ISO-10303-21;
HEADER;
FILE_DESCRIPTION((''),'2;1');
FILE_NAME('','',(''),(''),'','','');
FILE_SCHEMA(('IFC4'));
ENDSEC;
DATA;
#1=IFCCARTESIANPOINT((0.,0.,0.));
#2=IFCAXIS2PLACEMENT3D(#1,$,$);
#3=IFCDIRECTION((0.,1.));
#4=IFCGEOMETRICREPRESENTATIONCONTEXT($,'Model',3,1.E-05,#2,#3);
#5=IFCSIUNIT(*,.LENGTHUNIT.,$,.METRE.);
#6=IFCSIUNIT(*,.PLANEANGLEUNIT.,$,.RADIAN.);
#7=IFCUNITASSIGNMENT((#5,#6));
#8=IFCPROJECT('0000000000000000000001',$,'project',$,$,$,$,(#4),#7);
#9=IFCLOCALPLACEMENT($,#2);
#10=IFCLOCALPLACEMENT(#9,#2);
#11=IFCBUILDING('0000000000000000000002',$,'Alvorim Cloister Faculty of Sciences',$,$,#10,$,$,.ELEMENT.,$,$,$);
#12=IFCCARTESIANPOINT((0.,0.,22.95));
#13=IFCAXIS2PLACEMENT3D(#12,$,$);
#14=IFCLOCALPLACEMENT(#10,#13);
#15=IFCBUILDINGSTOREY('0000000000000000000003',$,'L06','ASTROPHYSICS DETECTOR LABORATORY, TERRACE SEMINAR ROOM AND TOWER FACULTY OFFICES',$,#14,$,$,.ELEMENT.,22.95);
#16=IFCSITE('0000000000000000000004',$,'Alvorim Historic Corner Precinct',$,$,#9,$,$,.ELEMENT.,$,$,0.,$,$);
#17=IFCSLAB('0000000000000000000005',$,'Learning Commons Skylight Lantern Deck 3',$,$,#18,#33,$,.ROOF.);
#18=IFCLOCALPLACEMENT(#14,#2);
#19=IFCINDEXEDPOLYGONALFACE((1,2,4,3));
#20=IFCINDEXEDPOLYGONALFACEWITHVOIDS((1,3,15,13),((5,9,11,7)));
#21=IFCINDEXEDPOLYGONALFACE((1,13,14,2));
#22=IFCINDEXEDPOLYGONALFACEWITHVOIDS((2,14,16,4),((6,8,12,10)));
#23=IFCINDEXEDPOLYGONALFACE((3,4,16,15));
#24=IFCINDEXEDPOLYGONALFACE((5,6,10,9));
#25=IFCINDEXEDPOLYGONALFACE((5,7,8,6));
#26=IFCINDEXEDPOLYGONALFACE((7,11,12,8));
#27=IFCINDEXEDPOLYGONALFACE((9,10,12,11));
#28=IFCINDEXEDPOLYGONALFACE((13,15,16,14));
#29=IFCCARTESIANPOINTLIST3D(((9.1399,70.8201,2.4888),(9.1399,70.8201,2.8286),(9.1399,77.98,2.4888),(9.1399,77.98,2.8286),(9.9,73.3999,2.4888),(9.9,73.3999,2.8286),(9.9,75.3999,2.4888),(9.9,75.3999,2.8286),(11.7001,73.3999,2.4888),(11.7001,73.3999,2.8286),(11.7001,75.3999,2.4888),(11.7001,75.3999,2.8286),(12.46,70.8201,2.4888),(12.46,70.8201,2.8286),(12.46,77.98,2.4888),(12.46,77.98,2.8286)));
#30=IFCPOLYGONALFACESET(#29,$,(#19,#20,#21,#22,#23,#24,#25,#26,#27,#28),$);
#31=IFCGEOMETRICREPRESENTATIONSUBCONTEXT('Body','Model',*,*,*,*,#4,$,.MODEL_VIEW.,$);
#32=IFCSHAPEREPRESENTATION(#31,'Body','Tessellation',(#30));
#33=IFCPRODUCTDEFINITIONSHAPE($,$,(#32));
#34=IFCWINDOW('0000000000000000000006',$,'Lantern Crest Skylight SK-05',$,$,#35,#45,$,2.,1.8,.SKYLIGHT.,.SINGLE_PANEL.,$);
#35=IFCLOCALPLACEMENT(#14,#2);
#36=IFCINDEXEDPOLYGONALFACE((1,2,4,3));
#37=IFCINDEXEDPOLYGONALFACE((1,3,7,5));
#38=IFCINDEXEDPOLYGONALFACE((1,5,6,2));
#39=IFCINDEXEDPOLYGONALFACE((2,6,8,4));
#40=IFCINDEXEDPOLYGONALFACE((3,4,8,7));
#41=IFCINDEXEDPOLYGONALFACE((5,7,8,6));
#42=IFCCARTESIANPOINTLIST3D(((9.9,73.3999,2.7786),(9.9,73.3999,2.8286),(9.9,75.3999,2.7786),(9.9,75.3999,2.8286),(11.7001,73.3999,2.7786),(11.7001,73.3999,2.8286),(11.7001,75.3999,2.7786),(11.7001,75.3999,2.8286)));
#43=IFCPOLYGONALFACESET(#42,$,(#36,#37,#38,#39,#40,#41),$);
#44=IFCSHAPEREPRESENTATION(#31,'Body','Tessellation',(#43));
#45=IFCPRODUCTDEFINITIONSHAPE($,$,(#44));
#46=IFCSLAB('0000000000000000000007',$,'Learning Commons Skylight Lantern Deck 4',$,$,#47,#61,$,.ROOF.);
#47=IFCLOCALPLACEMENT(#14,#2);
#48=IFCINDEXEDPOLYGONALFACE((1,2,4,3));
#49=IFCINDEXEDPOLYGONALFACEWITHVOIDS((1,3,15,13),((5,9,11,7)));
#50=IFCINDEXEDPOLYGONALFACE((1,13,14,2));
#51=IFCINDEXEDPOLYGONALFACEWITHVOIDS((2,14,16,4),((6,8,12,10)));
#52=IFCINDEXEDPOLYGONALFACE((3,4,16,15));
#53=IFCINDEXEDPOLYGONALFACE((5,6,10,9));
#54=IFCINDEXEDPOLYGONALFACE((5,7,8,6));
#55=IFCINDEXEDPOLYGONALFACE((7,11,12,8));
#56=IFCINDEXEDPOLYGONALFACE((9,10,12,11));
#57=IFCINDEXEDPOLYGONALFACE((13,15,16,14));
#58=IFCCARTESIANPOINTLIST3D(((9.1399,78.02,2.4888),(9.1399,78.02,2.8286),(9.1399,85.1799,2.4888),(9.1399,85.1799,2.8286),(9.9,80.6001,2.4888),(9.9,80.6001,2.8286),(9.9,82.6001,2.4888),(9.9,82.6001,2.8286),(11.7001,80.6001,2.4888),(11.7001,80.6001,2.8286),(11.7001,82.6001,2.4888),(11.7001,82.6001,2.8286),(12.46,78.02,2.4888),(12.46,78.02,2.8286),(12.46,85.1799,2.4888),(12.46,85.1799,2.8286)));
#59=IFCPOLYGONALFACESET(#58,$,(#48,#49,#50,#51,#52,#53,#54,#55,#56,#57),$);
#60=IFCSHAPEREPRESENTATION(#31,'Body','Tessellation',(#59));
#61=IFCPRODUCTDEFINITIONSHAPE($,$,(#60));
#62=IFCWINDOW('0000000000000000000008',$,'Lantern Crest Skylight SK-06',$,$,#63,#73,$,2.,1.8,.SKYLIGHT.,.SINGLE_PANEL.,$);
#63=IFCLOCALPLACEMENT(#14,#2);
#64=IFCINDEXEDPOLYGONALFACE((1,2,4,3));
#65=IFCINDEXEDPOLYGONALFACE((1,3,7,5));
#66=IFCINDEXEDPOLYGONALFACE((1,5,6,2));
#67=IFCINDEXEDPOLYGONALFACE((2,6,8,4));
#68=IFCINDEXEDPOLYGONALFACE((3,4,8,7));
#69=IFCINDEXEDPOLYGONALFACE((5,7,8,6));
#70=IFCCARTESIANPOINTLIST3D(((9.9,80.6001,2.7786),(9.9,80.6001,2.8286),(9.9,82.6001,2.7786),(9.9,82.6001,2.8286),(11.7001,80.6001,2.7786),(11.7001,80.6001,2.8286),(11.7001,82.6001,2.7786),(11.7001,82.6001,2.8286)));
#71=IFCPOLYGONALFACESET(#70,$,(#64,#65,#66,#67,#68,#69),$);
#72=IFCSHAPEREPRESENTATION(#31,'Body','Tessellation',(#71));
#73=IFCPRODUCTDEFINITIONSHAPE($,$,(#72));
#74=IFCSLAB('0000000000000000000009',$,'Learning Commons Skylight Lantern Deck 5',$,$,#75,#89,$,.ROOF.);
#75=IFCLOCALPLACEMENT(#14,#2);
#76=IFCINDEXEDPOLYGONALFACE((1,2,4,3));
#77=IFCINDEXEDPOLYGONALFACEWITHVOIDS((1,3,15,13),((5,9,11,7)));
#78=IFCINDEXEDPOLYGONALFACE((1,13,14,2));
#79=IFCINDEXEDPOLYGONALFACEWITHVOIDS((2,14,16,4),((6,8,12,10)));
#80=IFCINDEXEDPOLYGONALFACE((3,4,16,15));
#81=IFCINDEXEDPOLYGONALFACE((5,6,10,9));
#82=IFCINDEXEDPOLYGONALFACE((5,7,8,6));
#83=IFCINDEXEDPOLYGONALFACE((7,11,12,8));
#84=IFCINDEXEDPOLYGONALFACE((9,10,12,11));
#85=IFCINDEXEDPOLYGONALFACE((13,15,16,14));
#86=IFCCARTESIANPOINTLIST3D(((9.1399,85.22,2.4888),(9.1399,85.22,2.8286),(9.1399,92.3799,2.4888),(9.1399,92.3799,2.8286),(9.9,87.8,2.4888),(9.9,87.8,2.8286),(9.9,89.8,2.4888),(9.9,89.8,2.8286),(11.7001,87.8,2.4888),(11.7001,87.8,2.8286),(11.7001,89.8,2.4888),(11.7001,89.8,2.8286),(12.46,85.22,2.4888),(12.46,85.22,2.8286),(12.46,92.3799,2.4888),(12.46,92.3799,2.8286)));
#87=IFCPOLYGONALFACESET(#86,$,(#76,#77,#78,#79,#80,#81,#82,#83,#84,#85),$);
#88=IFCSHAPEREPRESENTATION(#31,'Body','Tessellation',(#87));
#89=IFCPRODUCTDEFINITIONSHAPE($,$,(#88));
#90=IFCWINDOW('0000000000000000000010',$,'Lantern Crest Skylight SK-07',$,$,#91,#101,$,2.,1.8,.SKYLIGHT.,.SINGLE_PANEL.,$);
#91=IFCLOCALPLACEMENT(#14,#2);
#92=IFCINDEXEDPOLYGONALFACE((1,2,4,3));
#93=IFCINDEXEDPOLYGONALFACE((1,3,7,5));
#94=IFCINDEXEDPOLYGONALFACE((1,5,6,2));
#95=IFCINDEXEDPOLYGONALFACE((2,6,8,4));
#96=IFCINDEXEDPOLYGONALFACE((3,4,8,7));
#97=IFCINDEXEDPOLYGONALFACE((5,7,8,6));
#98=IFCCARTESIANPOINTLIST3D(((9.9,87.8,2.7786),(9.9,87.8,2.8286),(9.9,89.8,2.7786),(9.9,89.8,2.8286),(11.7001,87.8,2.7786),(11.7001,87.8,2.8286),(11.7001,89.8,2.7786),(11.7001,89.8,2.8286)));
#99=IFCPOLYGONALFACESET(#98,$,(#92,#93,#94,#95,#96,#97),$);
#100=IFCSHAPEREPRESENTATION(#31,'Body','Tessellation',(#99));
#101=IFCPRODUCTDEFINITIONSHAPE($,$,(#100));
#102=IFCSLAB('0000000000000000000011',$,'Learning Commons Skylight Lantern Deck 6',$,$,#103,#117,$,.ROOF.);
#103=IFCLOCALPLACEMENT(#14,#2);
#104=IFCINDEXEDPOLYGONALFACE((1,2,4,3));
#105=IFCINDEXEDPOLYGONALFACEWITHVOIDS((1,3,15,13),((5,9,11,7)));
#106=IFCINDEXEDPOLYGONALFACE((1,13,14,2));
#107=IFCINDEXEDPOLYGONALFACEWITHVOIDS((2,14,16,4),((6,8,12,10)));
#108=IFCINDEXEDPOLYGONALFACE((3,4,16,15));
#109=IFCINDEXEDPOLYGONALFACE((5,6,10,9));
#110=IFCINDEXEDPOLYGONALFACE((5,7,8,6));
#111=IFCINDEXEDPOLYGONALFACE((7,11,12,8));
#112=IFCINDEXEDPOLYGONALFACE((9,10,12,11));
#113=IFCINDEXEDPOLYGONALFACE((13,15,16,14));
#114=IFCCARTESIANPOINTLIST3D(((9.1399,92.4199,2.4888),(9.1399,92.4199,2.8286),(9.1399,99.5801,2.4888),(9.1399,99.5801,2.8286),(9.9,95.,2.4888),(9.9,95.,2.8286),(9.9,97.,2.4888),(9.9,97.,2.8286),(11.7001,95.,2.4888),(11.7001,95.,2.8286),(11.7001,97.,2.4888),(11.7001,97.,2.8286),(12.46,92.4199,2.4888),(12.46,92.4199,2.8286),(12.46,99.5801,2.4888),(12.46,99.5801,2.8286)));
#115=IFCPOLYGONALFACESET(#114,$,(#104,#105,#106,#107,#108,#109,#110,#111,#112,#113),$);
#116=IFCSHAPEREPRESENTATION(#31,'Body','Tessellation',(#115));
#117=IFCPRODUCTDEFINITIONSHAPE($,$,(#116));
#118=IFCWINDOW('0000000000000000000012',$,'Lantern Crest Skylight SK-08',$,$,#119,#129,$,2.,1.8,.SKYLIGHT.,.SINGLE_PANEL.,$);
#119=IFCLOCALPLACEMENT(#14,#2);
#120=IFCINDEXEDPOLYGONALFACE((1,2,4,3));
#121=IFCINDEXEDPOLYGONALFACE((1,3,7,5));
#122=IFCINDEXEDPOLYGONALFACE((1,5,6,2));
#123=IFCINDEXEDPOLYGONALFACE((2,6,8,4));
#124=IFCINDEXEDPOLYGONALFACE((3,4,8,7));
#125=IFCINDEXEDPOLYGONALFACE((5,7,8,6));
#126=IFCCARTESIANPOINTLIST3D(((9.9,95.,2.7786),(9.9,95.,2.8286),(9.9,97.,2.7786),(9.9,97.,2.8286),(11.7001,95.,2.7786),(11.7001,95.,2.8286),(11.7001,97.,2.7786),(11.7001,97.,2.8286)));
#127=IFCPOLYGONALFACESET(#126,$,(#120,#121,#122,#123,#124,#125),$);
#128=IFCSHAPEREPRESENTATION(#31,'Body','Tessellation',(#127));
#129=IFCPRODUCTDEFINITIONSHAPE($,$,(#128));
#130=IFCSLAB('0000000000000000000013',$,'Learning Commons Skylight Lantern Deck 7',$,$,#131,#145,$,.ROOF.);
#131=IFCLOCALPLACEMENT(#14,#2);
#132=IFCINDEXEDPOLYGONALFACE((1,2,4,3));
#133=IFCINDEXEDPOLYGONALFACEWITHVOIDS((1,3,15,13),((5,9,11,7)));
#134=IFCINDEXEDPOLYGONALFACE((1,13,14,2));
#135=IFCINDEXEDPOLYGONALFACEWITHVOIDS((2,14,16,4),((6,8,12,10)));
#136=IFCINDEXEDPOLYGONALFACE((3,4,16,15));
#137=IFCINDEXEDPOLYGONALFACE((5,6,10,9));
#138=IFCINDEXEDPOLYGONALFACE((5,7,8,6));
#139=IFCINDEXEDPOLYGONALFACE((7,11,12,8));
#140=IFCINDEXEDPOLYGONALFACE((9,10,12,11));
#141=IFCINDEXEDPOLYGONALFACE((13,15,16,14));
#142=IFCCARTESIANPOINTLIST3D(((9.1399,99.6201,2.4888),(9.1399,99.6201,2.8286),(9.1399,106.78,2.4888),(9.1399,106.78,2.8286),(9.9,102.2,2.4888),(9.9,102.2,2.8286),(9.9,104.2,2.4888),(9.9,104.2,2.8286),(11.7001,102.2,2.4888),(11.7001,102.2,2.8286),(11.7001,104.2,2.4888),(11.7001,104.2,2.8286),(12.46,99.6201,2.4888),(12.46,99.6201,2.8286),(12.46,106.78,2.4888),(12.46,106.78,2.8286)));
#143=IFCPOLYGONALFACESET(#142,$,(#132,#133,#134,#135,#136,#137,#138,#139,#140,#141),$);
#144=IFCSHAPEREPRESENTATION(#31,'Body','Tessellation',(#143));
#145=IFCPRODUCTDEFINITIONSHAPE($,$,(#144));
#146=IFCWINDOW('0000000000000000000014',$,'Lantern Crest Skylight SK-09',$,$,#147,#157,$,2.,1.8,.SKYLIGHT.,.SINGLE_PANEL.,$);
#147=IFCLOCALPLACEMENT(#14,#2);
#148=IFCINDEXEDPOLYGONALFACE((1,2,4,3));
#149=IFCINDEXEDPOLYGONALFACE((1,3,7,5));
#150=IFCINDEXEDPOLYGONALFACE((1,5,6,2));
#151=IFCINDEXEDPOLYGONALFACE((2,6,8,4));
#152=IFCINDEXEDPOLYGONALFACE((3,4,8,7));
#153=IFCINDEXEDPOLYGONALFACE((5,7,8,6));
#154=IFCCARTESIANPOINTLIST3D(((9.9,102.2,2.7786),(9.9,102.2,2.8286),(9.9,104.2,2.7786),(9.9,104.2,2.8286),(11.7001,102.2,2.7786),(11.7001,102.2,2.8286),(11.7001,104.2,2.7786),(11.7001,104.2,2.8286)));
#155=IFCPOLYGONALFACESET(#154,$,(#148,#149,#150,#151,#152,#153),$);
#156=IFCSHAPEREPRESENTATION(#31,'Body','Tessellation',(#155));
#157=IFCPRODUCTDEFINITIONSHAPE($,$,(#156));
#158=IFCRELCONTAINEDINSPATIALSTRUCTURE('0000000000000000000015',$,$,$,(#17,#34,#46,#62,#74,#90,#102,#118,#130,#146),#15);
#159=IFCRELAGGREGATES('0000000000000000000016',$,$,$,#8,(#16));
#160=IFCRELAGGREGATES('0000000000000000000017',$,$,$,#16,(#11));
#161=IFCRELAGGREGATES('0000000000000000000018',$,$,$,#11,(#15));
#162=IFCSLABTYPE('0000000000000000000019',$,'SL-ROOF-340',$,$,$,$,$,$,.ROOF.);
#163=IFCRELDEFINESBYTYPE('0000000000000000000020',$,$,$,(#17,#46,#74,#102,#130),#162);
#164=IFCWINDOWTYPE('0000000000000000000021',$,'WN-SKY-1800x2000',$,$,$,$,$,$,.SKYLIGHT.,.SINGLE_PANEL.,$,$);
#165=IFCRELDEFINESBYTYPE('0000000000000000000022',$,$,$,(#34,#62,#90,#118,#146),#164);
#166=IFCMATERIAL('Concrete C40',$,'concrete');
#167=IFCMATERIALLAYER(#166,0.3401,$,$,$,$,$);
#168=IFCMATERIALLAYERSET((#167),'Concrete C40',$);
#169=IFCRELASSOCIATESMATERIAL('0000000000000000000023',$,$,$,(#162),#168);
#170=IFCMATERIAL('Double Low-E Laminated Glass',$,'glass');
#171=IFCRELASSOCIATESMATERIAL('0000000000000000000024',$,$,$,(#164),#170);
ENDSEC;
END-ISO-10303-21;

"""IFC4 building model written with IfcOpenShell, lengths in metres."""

from ifc_helpers import new_model, si_unit, direction, frame, origin, origin_2d, place, context, subcontext, project, spatial, polyline, rectangle, outline, extrude, material, layer, layer_set, type_object, element, fill, save


model = new_model("IFC4")

# Units and contexts
model_context = context("Model", 3, precision=1e-05, world=origin(), true_north=direction((0.0, 1.0)))
body_context = subcontext(model_context, "Body", "Model", "MODEL_VIEW")
ifc_project = project(units=[si_unit("LENGTHUNIT", "METRE"), si_unit("PLANEANGLEUNIT", "RADIAN")], contexts=[model_context])

# Site, building, storey
site_placement = place(None, origin())
site = spatial("IfcSite", under=ifc_project, at=site_placement, Name="Alvorim Historic Corner Precinct", CompositionType="ELEMENT", RefElevation=0.0)
building_placement = place(site_placement, origin())
building = spatial("IfcBuilding", under=site, at=building_placement, Name="Alvorim Cloister Faculty of Sciences", CompositionType="ELEMENT")
storey_placement = place(building_placement, frame((0.0, 0.0, 22.95)))
storey = spatial("IfcBuildingStorey", under=building, at=storey_placement, Name="L06", Description="ASTROPHYSICS DETECTOR LABORATORY, TERRACE SEMINAR ROOM AND TOWER FACULTY OFFICES", CompositionType="ELEMENT", Elevation=22.95)

# Shared definitions
ifc_material_1 = material(Name="Concrete C40", Category="concrete")

# Slabs, openings, windows
ifc_layer_1 = layer(ifc_material_1, 0.3401)
ifc_layer_set_1 = layer_set([ifc_layer_1], Name="Concrete C40")
slab_type_1 = type_object("IfcSlabType", Name="SL-ROOF-340", PredefinedType="ROOF", material=ifc_layer_set_1)
ifc_material_2 = material(Name="Double Low-E Laminated Glass", Category="glass")
window_type = type_object("IfcWindowType", Name="WN-SKY-1800x2000", PartitioningType="SINGLE_PANEL", PredefinedType="SKYLIGHT", material=ifc_material_2)
slab_1_placement = place(storey_placement, frame((0.0, 0.0, 2.4888)))
slab_1 = element("IfcSlab", 1, at=slab_1_placement, inside=storey, type_object=slab_type_1, Name="Learning Commons Skylight Lantern Deck 3", PredefinedType="ROOF", context=body_context, shape_type="SweptSolid", body=[
    extrude(outline(polyline([(9.1399, 70.8201), (12.46, 70.8201), (12.46, 77.98), (9.1399, 77.98), (9.1399, 70.8201)])), origin(), (0.0, 0.0, 1.0), 0.3398),
])
opening_1_placement = place(slab_1_placement, frame((10.8, 74.3999, -0.012)))
opening_1 = element("IfcOpeningElement", 2, at=opening_1_placement, cuts=slab_1, PredefinedType="OPENING", context=body_context, shape_type="SweptSolid", body=[
    extrude(rectangle(XDim=1.8, YDim=2.0, at=origin_2d()), origin(), (0.0, 0.0, 1.0), 0.3638),
])
window_1_placement = place(slab_1_placement, frame((10.8, 74.3999, 0.2898)))
window_1 = element("IfcWindow", 3, at=window_1_placement, inside=storey, type_object=window_type, Name="Lantern Crest Skylight SK-05", OverallHeight=2.0, OverallWidth=1.8, PartitioningType="SINGLE_PANEL", PredefinedType="SKYLIGHT", context=body_context, shape_type="SweptSolid", body=[
    extrude(rectangle(XDim=1.8, YDim=2.0, at=origin_2d()), origin(), (0.0, 0.0, 1.0), 0.05),
])
fill(opening_1, window_1)
slab_2_placement = place(storey_placement, frame((0.0, 0.0, 2.4888)))
slab_2 = element("IfcSlab", 4, at=slab_2_placement, inside=storey, type_object=slab_type_1, Name="Learning Commons Skylight Lantern Deck 4", PredefinedType="ROOF", context=body_context, shape_type="SweptSolid", body=[
    extrude(outline(polyline([(9.1399, 78.02), (12.46, 78.02), (12.46, 85.1799), (9.1399, 85.1799), (9.1399, 78.02)])), origin(), (0.0, 0.0, 1.0), 0.3398),
])
opening_2_placement = place(slab_2_placement, frame((10.8, 81.6001, -0.012)))
opening_2 = element("IfcOpeningElement", 5, at=opening_2_placement, cuts=slab_2, PredefinedType="OPENING", context=body_context, shape_type="SweptSolid", body=[
    extrude(rectangle(XDim=1.8, YDim=2.0, at=origin_2d()), origin(), (0.0, 0.0, 1.0), 0.3638),
])
window_2_placement = place(slab_2_placement, frame((10.8, 81.6001, 0.2898)))
window_2 = element("IfcWindow", 6, at=window_2_placement, inside=storey, type_object=window_type, Name="Lantern Crest Skylight SK-06", OverallHeight=2.0, OverallWidth=1.8, PartitioningType="SINGLE_PANEL", PredefinedType="SKYLIGHT", context=body_context, shape_type="SweptSolid", body=[
    extrude(rectangle(XDim=1.8, YDim=2.0, at=origin_2d()), origin(), (0.0, 0.0, 1.0), 0.05),
])
fill(opening_2, window_2)
slab_3_placement = place(storey_placement, frame((0.0, 0.0, 2.4888)))
slab_3 = element("IfcSlab", 7, at=slab_3_placement, inside=storey, type_object=slab_type_1, Name="Learning Commons Skylight Lantern Deck 5", PredefinedType="ROOF", context=body_context, shape_type="SweptSolid", body=[
    extrude(outline(polyline([(9.1399, 85.22), (12.46, 85.22), (12.46, 92.3799), (9.1399, 92.3799), (9.1399, 85.22)])), origin(), (0.0, 0.0, 1.0), 0.3398),
])
opening_3_placement = place(slab_3_placement, frame((10.8, 88.8, -0.012)))
opening_3 = element("IfcOpeningElement", 8, at=opening_3_placement, cuts=slab_3, PredefinedType="OPENING", context=body_context, shape_type="SweptSolid", body=[
    extrude(rectangle(XDim=1.8, YDim=2.0, at=origin_2d()), origin(), (0.0, 0.0, 1.0), 0.3638),
])
window_3_placement = place(slab_3_placement, frame((10.8, 88.8, 0.2898)))
window_3 = element("IfcWindow", 9, at=window_3_placement, inside=storey, type_object=window_type, Name="Lantern Crest Skylight SK-07", OverallHeight=2.0, OverallWidth=1.8, PartitioningType="SINGLE_PANEL", PredefinedType="SKYLIGHT", context=body_context, shape_type="SweptSolid", body=[
    extrude(rectangle(XDim=1.8, YDim=2.0, at=origin_2d()), origin(), (0.0, 0.0, 1.0), 0.05),
])
fill(opening_3, window_3)
slab_4_placement = place(storey_placement, frame((0.0, 0.0, 2.4888)))
slab_4 = element("IfcSlab", 10, at=slab_4_placement, inside=storey, type_object=slab_type_1, Name="Learning Commons Skylight Lantern Deck 6", PredefinedType="ROOF", context=body_context, shape_type="SweptSolid", body=[
    extrude(outline(polyline([(9.1399, 92.4199), (12.46, 92.4199), (12.46, 99.5801), (9.1399, 99.5801), (9.1399, 92.4199)])), origin(), (0.0, 0.0, 1.0), 0.3398),
])
opening_4_placement = place(slab_4_placement, frame((10.8, 96.0, -0.012)))
opening_4 = element("IfcOpeningElement", 11, at=opening_4_placement, cuts=slab_4, PredefinedType="OPENING", context=body_context, shape_type="SweptSolid", body=[
    extrude(rectangle(XDim=1.8, YDim=2.0, at=origin_2d()), origin(), (0.0, 0.0, 1.0), 0.3638),
])
window_4_placement = place(slab_4_placement, frame((10.8, 96.0, 0.2898)))
window_4 = element("IfcWindow", 12, at=window_4_placement, inside=storey, type_object=window_type, Name="Lantern Crest Skylight SK-08", OverallHeight=2.0, OverallWidth=1.8, PartitioningType="SINGLE_PANEL", PredefinedType="SKYLIGHT", context=body_context, shape_type="SweptSolid", body=[
    extrude(rectangle(XDim=1.8, YDim=2.0, at=origin_2d()), origin(), (0.0, 0.0, 1.0), 0.05),
])
fill(opening_4, window_4)
slab_5_placement = place(storey_placement, frame((0.0, 0.0, 2.4888)))
slab_5 = element("IfcSlab", 13, at=slab_5_placement, inside=storey, type_object=slab_type_1, Name="Learning Commons Skylight Lantern Deck 7", PredefinedType="ROOF", context=body_context, shape_type="SweptSolid", body=[
    extrude(outline(polyline([(9.1399, 99.6201), (12.46, 99.6201), (12.46, 106.78), (9.1399, 106.78), (9.1399, 99.6201)])), origin(), (0.0, 0.0, 1.0), 0.3398),
])
opening_5_placement = place(slab_5_placement, frame((10.8, 103.2, -0.012)))
opening_5 = element("IfcOpeningElement", 14, at=opening_5_placement, cuts=slab_5, PredefinedType="OPENING", context=body_context, shape_type="SweptSolid", body=[
    extrude(rectangle(XDim=1.8, YDim=2.0, at=origin_2d()), origin(), (0.0, 0.0, 1.0), 0.3638),
])
window_5_placement = place(slab_5_placement, frame((10.8, 103.2, 0.2898)))
window_5 = element("IfcWindow", 15, at=window_5_placement, inside=storey, type_object=window_type, Name="Lantern Crest Skylight SK-09", OverallHeight=2.0, OverallWidth=1.8, PartitioningType="SINGLE_PANEL", PredefinedType="SKYLIGHT", context=body_context, shape_type="SweptSolid", body=[
    extrude(rectangle(XDim=1.8, YDim=2.0, at=origin_2d()), origin(), (0.0, 0.0, 1.0), 0.05),
])
fill(opening_5, window_5)

save(model, "model.ifc")
